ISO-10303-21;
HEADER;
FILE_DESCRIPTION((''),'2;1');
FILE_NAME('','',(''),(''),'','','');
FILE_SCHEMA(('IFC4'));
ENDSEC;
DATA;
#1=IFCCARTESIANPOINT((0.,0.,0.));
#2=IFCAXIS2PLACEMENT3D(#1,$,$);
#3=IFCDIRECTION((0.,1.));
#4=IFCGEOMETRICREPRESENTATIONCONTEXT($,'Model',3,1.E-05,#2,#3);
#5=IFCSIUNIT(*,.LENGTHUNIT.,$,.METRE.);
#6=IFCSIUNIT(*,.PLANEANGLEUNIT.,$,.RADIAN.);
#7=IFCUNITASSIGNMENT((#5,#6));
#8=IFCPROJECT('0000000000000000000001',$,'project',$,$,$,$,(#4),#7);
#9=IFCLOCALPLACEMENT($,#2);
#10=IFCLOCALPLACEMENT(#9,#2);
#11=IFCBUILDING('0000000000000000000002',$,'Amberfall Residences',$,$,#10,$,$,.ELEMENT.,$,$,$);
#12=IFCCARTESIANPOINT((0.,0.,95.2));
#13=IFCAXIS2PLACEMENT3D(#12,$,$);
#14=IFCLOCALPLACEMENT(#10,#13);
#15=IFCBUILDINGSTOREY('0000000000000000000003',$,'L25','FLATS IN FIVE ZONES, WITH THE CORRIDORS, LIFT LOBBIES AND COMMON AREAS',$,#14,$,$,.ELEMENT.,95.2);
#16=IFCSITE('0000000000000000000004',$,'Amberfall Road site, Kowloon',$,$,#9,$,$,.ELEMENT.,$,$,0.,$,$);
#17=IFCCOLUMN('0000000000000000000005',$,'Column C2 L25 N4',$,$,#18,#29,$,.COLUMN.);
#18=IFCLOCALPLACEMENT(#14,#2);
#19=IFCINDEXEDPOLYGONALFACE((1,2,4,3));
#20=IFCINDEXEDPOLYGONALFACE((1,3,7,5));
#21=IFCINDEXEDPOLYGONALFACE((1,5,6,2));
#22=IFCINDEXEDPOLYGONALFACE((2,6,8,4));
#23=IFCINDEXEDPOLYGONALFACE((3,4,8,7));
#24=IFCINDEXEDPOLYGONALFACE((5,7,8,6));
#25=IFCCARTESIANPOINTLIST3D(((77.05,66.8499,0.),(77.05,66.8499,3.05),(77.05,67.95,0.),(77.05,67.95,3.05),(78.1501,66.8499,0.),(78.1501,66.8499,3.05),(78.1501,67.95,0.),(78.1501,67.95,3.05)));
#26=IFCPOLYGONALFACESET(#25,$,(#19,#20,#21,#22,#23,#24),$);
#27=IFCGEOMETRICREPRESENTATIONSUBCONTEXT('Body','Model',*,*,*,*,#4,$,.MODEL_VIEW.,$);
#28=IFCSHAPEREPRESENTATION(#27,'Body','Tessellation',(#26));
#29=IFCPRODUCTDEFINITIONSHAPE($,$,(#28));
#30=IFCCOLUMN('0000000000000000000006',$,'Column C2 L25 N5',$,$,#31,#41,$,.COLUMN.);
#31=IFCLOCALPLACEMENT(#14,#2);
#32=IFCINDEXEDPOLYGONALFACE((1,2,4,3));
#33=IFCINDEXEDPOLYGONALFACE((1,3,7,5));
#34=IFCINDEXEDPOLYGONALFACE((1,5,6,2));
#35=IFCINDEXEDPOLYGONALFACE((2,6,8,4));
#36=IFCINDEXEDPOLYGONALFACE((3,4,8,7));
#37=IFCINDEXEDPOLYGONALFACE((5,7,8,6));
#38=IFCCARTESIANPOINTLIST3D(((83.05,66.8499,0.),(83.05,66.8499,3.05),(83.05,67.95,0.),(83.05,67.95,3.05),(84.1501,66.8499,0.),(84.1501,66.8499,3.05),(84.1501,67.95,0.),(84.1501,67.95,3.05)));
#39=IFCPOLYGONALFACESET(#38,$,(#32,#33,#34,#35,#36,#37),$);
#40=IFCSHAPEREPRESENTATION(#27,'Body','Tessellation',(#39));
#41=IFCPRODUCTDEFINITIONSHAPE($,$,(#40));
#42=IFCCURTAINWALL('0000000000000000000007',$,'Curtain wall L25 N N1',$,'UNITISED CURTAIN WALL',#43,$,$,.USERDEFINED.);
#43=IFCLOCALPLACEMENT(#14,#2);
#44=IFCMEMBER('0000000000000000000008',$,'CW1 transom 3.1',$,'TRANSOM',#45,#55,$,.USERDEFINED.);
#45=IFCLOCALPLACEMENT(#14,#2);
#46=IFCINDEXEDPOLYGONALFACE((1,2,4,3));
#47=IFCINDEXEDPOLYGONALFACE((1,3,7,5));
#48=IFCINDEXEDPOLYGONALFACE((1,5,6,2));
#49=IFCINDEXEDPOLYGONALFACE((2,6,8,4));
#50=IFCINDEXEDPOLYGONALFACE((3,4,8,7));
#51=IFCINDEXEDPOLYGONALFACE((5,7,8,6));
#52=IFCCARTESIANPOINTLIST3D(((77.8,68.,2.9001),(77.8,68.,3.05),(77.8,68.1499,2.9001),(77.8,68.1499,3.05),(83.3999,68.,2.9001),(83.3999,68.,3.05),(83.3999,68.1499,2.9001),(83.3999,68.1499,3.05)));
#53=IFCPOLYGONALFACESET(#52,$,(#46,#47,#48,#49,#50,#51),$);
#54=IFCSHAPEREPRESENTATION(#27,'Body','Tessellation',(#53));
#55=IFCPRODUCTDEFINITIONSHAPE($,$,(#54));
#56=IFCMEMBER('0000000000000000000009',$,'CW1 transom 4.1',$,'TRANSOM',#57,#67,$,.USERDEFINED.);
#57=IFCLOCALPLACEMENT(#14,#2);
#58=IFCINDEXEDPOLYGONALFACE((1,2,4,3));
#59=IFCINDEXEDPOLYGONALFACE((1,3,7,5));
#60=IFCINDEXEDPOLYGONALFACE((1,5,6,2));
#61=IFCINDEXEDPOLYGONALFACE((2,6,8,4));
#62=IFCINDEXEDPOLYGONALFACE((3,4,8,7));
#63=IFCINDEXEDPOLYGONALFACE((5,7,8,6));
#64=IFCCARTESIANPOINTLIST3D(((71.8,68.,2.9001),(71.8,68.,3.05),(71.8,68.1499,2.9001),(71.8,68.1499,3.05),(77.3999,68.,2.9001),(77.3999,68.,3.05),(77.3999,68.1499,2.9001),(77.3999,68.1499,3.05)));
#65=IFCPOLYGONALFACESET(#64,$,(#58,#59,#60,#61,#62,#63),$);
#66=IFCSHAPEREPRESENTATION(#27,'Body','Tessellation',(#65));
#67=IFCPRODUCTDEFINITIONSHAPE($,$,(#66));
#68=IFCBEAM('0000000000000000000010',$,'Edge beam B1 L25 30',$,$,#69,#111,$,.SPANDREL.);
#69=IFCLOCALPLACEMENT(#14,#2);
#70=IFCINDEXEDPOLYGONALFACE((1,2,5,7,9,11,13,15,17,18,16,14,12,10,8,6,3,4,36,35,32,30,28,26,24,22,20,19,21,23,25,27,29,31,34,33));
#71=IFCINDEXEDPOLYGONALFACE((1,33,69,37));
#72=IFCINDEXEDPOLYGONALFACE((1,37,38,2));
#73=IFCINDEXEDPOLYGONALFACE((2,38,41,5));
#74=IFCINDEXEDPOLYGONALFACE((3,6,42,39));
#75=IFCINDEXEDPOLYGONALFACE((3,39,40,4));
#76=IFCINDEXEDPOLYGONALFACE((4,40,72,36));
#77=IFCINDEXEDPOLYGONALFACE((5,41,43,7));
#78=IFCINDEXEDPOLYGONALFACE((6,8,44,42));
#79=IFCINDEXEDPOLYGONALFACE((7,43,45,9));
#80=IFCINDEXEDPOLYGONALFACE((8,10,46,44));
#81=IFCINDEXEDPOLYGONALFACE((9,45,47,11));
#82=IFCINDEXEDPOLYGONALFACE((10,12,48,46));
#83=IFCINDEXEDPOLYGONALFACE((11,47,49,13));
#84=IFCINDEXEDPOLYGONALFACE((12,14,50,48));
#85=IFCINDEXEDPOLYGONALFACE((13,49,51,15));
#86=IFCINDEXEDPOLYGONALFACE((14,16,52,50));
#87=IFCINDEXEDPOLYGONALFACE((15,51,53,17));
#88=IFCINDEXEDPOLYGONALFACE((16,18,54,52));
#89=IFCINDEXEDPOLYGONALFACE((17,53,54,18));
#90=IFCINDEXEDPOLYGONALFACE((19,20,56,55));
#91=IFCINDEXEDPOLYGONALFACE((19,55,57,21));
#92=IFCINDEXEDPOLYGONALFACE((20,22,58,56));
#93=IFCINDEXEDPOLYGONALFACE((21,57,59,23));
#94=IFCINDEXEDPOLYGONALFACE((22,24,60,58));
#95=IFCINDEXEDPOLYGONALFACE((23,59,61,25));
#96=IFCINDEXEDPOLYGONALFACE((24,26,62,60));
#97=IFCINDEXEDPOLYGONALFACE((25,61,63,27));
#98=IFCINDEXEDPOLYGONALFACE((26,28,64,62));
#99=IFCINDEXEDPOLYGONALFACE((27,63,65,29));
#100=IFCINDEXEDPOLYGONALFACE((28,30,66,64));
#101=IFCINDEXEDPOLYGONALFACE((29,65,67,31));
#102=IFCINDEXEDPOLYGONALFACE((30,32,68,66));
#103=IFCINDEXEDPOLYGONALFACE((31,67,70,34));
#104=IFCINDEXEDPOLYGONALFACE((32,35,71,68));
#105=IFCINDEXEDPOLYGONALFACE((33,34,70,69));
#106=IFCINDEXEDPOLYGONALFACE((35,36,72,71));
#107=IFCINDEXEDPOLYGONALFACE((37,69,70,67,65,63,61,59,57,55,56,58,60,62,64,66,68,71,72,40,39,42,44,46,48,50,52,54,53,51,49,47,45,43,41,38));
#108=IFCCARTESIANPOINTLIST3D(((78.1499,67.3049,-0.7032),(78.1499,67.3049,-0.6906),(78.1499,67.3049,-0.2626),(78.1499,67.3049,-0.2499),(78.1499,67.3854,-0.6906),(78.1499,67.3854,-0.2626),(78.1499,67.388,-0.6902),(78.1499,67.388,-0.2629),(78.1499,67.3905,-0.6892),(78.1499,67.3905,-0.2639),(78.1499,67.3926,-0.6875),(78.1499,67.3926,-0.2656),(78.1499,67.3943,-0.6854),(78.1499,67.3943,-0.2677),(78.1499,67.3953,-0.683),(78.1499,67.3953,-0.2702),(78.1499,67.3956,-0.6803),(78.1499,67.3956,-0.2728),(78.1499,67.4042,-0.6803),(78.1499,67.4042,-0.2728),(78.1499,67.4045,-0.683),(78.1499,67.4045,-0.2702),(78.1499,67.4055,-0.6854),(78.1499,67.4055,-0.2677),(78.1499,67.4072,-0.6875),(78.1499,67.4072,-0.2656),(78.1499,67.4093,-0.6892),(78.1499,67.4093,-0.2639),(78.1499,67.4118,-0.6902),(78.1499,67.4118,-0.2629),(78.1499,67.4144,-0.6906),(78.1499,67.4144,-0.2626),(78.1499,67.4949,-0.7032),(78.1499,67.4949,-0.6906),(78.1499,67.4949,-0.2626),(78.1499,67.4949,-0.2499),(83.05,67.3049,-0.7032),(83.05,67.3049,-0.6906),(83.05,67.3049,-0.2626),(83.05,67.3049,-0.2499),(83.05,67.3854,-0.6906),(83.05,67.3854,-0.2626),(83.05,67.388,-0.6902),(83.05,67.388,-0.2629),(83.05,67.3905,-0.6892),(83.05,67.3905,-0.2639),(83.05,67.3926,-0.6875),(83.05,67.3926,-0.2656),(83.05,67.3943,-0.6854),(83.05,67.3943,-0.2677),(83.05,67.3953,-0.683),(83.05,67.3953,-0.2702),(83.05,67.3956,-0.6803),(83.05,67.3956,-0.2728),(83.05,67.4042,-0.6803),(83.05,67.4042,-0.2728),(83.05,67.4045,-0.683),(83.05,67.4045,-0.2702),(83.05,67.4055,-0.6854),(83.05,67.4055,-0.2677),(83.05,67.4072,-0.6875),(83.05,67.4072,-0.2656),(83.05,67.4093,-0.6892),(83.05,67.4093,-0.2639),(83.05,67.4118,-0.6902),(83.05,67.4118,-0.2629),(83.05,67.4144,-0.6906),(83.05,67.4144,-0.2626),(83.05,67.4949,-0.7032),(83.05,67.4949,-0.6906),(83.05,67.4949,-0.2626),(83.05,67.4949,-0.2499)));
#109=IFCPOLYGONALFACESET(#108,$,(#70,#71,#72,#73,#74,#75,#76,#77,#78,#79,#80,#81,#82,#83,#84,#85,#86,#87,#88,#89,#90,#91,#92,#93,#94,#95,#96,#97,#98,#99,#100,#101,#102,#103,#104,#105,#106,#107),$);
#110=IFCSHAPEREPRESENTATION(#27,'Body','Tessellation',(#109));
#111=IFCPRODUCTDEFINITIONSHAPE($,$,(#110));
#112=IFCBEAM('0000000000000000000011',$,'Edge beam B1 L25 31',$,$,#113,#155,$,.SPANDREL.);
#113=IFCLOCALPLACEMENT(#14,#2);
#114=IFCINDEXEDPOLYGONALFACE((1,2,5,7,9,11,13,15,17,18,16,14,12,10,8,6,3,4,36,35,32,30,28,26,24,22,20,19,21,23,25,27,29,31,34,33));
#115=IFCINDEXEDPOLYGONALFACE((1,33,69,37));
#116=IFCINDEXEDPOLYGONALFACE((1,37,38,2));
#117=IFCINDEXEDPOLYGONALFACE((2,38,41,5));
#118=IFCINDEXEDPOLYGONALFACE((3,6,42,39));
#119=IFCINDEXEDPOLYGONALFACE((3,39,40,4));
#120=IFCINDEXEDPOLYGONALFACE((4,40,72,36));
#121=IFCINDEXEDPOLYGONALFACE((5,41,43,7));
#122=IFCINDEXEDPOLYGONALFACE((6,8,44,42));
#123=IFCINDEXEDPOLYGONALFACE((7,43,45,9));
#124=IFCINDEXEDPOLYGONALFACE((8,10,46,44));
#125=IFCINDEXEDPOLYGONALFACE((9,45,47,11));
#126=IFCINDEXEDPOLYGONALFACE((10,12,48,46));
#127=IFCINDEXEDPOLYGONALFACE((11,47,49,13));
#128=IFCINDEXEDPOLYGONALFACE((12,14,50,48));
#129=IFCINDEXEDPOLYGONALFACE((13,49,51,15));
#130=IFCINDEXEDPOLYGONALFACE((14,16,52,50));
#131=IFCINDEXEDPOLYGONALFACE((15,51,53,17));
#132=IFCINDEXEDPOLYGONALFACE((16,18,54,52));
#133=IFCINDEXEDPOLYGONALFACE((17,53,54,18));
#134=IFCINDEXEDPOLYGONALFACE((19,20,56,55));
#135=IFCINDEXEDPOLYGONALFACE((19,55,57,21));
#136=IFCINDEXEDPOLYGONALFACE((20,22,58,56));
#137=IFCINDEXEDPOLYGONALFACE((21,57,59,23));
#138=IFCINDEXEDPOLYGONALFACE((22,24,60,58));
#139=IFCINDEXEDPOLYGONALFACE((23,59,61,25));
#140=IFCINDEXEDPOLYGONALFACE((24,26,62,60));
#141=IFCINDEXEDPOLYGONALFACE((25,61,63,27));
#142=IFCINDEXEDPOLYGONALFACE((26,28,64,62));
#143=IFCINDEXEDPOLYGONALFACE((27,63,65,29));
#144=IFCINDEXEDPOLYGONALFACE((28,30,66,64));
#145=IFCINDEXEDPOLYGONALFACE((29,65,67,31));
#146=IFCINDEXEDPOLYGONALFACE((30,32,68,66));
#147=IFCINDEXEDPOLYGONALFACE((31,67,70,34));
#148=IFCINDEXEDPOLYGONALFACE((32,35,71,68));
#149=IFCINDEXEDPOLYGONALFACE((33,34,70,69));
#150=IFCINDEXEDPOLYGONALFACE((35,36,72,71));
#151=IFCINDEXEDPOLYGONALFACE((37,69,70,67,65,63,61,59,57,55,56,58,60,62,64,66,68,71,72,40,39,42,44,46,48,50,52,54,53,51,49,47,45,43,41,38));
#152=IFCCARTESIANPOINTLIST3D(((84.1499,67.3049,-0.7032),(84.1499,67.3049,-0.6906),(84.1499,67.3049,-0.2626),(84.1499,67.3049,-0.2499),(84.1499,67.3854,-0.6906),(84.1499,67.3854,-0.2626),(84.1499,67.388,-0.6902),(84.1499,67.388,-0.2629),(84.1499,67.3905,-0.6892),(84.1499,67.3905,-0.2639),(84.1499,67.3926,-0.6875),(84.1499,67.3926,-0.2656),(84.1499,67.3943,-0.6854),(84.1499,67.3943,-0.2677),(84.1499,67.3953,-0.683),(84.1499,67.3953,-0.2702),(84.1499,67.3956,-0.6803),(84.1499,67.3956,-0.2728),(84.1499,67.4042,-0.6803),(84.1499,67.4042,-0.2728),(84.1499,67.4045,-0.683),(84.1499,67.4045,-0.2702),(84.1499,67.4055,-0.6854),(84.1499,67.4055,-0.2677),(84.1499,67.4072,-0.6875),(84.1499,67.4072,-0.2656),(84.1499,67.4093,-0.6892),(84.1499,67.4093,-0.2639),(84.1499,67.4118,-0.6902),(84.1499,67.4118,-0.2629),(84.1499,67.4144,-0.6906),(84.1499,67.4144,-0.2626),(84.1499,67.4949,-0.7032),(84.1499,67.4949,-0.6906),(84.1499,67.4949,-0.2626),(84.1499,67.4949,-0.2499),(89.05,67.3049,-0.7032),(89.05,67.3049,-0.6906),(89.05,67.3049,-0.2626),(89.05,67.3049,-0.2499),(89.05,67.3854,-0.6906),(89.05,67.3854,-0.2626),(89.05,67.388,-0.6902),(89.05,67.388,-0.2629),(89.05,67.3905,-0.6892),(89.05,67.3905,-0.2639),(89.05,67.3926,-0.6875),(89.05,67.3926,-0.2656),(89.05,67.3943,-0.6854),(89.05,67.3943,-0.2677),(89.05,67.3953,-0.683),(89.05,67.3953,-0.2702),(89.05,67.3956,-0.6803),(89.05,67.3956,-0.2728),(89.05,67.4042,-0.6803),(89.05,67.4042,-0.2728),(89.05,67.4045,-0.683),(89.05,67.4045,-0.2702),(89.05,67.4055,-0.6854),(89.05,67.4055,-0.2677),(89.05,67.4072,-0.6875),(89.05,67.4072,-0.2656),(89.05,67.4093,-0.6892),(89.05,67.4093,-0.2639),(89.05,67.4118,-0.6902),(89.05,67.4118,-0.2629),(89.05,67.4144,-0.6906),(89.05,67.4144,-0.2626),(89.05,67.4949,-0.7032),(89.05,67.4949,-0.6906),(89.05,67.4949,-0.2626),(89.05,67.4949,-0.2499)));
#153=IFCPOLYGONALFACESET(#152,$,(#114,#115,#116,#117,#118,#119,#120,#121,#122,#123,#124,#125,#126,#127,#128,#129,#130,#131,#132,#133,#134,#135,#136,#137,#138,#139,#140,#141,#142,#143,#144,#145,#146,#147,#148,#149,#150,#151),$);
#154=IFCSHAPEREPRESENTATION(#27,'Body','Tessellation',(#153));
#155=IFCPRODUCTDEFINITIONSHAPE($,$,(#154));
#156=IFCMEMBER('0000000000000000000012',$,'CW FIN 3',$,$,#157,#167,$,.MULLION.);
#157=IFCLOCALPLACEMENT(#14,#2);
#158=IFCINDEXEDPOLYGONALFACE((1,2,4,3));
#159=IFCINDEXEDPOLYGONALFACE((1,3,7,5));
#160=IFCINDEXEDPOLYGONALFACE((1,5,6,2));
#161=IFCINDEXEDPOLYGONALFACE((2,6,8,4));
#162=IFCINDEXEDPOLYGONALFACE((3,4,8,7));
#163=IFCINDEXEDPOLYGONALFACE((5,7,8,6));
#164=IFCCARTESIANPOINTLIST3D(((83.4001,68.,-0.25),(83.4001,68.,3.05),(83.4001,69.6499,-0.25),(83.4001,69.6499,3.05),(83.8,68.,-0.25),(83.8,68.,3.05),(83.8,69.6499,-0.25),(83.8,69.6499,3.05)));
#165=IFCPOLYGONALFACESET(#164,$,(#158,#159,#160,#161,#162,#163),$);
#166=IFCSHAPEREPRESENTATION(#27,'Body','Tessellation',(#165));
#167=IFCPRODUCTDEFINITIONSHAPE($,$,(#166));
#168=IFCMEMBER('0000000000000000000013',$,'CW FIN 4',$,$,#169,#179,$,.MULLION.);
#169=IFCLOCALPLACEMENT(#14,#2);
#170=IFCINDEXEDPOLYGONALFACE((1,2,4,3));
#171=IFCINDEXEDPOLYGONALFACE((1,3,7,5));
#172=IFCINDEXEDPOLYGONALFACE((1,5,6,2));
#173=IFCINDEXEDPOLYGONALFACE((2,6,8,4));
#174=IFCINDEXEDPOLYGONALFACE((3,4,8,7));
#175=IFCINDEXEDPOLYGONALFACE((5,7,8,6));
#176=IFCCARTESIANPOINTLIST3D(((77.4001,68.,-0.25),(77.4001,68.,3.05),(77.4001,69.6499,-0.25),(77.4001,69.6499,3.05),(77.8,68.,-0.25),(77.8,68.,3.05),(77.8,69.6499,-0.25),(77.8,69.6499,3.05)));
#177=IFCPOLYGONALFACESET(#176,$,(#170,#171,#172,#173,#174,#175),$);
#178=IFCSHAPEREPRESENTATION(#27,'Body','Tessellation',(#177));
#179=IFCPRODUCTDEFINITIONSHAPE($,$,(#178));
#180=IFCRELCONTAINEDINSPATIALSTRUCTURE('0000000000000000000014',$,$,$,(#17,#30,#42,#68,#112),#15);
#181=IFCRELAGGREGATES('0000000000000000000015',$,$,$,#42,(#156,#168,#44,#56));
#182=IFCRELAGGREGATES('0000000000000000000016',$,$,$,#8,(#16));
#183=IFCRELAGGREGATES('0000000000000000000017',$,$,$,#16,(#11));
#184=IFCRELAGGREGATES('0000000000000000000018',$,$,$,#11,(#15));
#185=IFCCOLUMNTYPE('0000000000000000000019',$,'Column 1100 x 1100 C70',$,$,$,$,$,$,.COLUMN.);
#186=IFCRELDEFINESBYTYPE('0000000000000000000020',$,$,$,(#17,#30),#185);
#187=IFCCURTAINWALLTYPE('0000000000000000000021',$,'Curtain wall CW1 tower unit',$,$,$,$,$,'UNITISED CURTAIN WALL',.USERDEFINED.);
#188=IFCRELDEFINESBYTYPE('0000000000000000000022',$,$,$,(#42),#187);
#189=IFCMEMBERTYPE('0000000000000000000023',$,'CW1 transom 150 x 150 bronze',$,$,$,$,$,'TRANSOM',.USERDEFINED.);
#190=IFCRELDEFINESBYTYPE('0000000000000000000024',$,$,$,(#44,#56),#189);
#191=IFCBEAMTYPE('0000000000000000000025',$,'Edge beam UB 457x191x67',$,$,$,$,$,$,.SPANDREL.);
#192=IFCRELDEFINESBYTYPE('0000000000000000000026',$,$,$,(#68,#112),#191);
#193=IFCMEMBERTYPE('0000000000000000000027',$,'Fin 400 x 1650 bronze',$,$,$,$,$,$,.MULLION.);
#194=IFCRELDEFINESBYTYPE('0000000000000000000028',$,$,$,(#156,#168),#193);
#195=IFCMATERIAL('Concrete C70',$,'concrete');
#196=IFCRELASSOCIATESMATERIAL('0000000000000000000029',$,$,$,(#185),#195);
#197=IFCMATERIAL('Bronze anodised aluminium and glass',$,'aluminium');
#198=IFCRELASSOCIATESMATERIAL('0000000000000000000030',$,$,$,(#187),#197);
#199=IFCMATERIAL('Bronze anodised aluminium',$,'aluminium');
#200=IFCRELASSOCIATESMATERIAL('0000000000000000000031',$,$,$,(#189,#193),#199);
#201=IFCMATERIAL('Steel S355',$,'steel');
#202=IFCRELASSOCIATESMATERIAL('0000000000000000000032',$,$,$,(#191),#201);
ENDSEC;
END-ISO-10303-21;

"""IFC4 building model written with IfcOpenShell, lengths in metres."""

from ifc_helpers import new_model, si_unit, direction, frame, origin, origin_2d, place, context, subcontext, project, spatial, rectangle, i_section, extrude, material, material_profile, profile_set, type_object, element, aggregate, save


model = new_model("IFC4")

# Units and contexts
model_context = context("Model", 3, precision=1e-05, world=origin(), true_north=direction((0.0, 1.0)))
body_context = subcontext(model_context, "Body", "Model", "MODEL_VIEW")
ifc_project = project(units=[si_unit("LENGTHUNIT", "METRE"), si_unit("PLANEANGLEUNIT", "RADIAN")], contexts=[model_context])

# Site, building, storey
site_placement = place(None, origin())
site = spatial("IfcSite", under=ifc_project, at=site_placement, Name="Amberfall Road site, Kowloon", CompositionType="ELEMENT", RefElevation=0.0)
building_placement = place(site_placement, origin())
building = spatial("IfcBuilding", under=site, at=building_placement, Name="Amberfall Residences", CompositionType="ELEMENT")
storey_placement = place(building_placement, frame((0.0, 0.0, 95.2)))
storey = spatial("IfcBuildingStorey", under=building, at=storey_placement, Name="L25", Description="FLATS IN FIVE ZONES, WITH THE CORRIDORS, LIFT LOBBIES AND COMMON AREAS", CompositionType="ELEMENT", Elevation=95.2)

# Columns
ifc_material_1 = material(Name="Concrete C70", Category="concrete")
ifc_material_profile_1 = material_profile(ifc_material_1, rectangle(XDim=1.1001, YDim=1.1001, at=origin_2d()), Name="Column 1100 x 1100 C70")
ifc_profile_set_1 = profile_set([ifc_material_profile_1], Name="Concrete C70")
column_type = type_object("IfcColumnType", Name="Column 1100 x 1100 C70", PredefinedType="COLUMN", material=ifc_profile_set_1)
for number, where, z_axis, x_axis, name in (
    (1, (77.6001, 67.3999, 0.0), (0.0, 0.0, 1.0), (1.0, 0.0, 0.0), "Column C2 L25 N4"),
    (2, (83.6001, 67.3999, 0.0), (0.0, 0.0, 1.0), (1.0, 0.0, 0.0), "Column C2 L25 N5"),
):
    element("IfcColumn", number, at=place(storey_placement, frame(where, z_axis=z_axis, x_axis=x_axis)), inside=storey, type_object=column_type, Name=name, PredefinedType="COLUMN", context=body_context, shape_type="SweptSolid", body=[
        extrude(rectangle(XDim=1.1001, YDim=1.1001, at=origin_2d()), origin(), (0.0, 0.0, 1.0), 3.05),
    ])

# Curtain wall, members
ifc_material_2 = material(Name="Bronze anodised aluminium and glass", Category="aluminium")
curtain_wall_type = type_object("IfcCurtainWallType", Name="Curtain wall CW1 tower unit", ElementType="UNITISED CURTAIN WALL", PredefinedType="USERDEFINED", material=ifc_material_2)
curtain_wall_placement = place(storey_placement, origin())
curtain_wall = element("IfcCurtainWall", 3, at=curtain_wall_placement, inside=storey, type_object=curtain_wall_type, Name="Curtain wall L25 N N1", ObjectType="UNITISED CURTAIN WALL", PredefinedType="USERDEFINED")
ifc_material_3 = material(Name="Bronze anodised aluminium", Category="aluminium")
ifc_material_profile_2 = material_profile(ifc_material_3, rectangle(XDim=0.1499, YDim=0.1499, at=origin_2d()), Name="CW1 transom 150 x 150 bronze")
ifc_profile_set_2 = profile_set([ifc_material_profile_2], Name="Bronze anodised aluminium")
member_type_1 = type_object("IfcMemberType", Name="CW1 transom 150 x 150 bronze", ElementType="TRANSOM", PredefinedType="USERDEFINED", material=ifc_profile_set_2)
member_1_placement = place(storey_placement, frame((83.3999, 68.075, 2.9751), z_axis=(-1.0, 0.0, 0.0), x_axis=(0.0, -1.0, 0.0)))
member_1 = element("IfcMember", 4, at=member_1_placement, type_object=member_type_1, Name="CW1 transom 3.1", ObjectType="TRANSOM", PredefinedType="USERDEFINED", context=body_context, shape_type="SweptSolid", body=[
    extrude(rectangle(XDim=0.1499, YDim=0.1499, at=origin_2d()), origin(), (0.0, 0.0, 1.0), 5.5999),
])
member_2_placement = place(storey_placement, frame((77.3999, 68.075, 2.9751), z_axis=(-1.0, 0.0, 0.0), x_axis=(0.0, -1.0, 0.0)))
member_2 = element("IfcMember", 5, at=member_2_placement, type_object=member_type_1, Name="CW1 transom 4.1", ObjectType="TRANSOM", PredefinedType="USERDEFINED", context=body_context, shape_type="SweptSolid", body=[
    extrude(rectangle(XDim=0.1499, YDim=0.1499, at=origin_2d()), origin(), (0.0, 0.0, 1.0), 5.5999),
])

# Beams
ifc_material_4 = material(Name="Steel S355", Category="steel")
ifc_material_profile_3 = material_profile(ifc_material_4, i_section(OverallWidth=0.1899, OverallDepth=0.4534, WebThickness=0.0085, FlangeThickness=0.0127, FilletRadius=0.0103, at=origin_2d()), Name="UB 457x191x67")
ifc_profile_set_3 = profile_set([ifc_material_profile_3], Name="Steel S355")
beam_type_1 = type_object("IfcBeamType", Name="Edge beam UB 457x191x67", PredefinedType="SPANDREL", material=ifc_profile_set_3)
for number, where, z_axis, x_axis, name in (
    (6, (78.1499, 67.3999, -0.4766), (1.0, 0.0, 0.0), (0.0, 1.0, 0.0), "Edge beam B1 L25 30"),
    (7, (84.1499, 67.3999, -0.4766), (1.0, 0.0, 0.0), (0.0, 1.0, 0.0), "Edge beam B1 L25 31"),
):
    element("IfcBeam", number, at=place(storey_placement, frame(where, z_axis=z_axis, x_axis=x_axis)), inside=storey, type_object=beam_type_1, Name=name, PredefinedType="SPANDREL", context=body_context, shape_type="SweptSolid", body=[
        extrude(i_section(OverallWidth=0.1899, OverallDepth=0.4534, WebThickness=0.0085, FlangeThickness=0.0127, FilletRadius=0.0103, at=origin_2d()), origin(), (0.0, 0.0, 1.0), 4.9001),
    ])

# Members
ifc_material_profile_4 = material_profile(ifc_material_3, rectangle(XDim=1.6499, YDim=0.3999, at=origin_2d()), Name="Fin 400 x 1650 bronze")
ifc_profile_set_4 = profile_set([ifc_material_profile_4], Name="Bronze anodised aluminium")
member_type_2 = type_object("IfcMemberType", Name="Fin 400 x 1650 bronze", PredefinedType="MULLION", material=ifc_profile_set_4)
member_3_placement = place(storey_placement, frame((83.6001, 68.825, -0.25), z_axis=(0.0, 0.0, 1.0), x_axis=(0.0, -1.0, 0.0)))
member_3 = element("IfcMember", 8, at=member_3_placement, type_object=member_type_2, Name="CW FIN 3", PredefinedType="MULLION", context=body_context, shape_type="SweptSolid", body=[
    extrude(rectangle(XDim=1.6499, YDim=0.3999, at=origin_2d()), origin(), (0.0, 0.0, 1.0), 3.3),
])
member_4_placement = place(storey_placement, frame((77.6001, 68.825, -0.25), z_axis=(0.0, 0.0, 1.0), x_axis=(0.0, -1.0, 0.0)))
member_4 = element("IfcMember", 9, at=member_4_placement, type_object=member_type_2, Name="CW FIN 4", PredefinedType="MULLION", context=body_context, shape_type="SweptSolid", body=[
    extrude(rectangle(XDim=1.6499, YDim=0.3999, at=origin_2d()), origin(), (0.0, 0.0, 1.0), 3.3),
])

aggregate(curtain_wall, [member_3, member_4, member_1, member_2])

save(model, "model.ifc")
